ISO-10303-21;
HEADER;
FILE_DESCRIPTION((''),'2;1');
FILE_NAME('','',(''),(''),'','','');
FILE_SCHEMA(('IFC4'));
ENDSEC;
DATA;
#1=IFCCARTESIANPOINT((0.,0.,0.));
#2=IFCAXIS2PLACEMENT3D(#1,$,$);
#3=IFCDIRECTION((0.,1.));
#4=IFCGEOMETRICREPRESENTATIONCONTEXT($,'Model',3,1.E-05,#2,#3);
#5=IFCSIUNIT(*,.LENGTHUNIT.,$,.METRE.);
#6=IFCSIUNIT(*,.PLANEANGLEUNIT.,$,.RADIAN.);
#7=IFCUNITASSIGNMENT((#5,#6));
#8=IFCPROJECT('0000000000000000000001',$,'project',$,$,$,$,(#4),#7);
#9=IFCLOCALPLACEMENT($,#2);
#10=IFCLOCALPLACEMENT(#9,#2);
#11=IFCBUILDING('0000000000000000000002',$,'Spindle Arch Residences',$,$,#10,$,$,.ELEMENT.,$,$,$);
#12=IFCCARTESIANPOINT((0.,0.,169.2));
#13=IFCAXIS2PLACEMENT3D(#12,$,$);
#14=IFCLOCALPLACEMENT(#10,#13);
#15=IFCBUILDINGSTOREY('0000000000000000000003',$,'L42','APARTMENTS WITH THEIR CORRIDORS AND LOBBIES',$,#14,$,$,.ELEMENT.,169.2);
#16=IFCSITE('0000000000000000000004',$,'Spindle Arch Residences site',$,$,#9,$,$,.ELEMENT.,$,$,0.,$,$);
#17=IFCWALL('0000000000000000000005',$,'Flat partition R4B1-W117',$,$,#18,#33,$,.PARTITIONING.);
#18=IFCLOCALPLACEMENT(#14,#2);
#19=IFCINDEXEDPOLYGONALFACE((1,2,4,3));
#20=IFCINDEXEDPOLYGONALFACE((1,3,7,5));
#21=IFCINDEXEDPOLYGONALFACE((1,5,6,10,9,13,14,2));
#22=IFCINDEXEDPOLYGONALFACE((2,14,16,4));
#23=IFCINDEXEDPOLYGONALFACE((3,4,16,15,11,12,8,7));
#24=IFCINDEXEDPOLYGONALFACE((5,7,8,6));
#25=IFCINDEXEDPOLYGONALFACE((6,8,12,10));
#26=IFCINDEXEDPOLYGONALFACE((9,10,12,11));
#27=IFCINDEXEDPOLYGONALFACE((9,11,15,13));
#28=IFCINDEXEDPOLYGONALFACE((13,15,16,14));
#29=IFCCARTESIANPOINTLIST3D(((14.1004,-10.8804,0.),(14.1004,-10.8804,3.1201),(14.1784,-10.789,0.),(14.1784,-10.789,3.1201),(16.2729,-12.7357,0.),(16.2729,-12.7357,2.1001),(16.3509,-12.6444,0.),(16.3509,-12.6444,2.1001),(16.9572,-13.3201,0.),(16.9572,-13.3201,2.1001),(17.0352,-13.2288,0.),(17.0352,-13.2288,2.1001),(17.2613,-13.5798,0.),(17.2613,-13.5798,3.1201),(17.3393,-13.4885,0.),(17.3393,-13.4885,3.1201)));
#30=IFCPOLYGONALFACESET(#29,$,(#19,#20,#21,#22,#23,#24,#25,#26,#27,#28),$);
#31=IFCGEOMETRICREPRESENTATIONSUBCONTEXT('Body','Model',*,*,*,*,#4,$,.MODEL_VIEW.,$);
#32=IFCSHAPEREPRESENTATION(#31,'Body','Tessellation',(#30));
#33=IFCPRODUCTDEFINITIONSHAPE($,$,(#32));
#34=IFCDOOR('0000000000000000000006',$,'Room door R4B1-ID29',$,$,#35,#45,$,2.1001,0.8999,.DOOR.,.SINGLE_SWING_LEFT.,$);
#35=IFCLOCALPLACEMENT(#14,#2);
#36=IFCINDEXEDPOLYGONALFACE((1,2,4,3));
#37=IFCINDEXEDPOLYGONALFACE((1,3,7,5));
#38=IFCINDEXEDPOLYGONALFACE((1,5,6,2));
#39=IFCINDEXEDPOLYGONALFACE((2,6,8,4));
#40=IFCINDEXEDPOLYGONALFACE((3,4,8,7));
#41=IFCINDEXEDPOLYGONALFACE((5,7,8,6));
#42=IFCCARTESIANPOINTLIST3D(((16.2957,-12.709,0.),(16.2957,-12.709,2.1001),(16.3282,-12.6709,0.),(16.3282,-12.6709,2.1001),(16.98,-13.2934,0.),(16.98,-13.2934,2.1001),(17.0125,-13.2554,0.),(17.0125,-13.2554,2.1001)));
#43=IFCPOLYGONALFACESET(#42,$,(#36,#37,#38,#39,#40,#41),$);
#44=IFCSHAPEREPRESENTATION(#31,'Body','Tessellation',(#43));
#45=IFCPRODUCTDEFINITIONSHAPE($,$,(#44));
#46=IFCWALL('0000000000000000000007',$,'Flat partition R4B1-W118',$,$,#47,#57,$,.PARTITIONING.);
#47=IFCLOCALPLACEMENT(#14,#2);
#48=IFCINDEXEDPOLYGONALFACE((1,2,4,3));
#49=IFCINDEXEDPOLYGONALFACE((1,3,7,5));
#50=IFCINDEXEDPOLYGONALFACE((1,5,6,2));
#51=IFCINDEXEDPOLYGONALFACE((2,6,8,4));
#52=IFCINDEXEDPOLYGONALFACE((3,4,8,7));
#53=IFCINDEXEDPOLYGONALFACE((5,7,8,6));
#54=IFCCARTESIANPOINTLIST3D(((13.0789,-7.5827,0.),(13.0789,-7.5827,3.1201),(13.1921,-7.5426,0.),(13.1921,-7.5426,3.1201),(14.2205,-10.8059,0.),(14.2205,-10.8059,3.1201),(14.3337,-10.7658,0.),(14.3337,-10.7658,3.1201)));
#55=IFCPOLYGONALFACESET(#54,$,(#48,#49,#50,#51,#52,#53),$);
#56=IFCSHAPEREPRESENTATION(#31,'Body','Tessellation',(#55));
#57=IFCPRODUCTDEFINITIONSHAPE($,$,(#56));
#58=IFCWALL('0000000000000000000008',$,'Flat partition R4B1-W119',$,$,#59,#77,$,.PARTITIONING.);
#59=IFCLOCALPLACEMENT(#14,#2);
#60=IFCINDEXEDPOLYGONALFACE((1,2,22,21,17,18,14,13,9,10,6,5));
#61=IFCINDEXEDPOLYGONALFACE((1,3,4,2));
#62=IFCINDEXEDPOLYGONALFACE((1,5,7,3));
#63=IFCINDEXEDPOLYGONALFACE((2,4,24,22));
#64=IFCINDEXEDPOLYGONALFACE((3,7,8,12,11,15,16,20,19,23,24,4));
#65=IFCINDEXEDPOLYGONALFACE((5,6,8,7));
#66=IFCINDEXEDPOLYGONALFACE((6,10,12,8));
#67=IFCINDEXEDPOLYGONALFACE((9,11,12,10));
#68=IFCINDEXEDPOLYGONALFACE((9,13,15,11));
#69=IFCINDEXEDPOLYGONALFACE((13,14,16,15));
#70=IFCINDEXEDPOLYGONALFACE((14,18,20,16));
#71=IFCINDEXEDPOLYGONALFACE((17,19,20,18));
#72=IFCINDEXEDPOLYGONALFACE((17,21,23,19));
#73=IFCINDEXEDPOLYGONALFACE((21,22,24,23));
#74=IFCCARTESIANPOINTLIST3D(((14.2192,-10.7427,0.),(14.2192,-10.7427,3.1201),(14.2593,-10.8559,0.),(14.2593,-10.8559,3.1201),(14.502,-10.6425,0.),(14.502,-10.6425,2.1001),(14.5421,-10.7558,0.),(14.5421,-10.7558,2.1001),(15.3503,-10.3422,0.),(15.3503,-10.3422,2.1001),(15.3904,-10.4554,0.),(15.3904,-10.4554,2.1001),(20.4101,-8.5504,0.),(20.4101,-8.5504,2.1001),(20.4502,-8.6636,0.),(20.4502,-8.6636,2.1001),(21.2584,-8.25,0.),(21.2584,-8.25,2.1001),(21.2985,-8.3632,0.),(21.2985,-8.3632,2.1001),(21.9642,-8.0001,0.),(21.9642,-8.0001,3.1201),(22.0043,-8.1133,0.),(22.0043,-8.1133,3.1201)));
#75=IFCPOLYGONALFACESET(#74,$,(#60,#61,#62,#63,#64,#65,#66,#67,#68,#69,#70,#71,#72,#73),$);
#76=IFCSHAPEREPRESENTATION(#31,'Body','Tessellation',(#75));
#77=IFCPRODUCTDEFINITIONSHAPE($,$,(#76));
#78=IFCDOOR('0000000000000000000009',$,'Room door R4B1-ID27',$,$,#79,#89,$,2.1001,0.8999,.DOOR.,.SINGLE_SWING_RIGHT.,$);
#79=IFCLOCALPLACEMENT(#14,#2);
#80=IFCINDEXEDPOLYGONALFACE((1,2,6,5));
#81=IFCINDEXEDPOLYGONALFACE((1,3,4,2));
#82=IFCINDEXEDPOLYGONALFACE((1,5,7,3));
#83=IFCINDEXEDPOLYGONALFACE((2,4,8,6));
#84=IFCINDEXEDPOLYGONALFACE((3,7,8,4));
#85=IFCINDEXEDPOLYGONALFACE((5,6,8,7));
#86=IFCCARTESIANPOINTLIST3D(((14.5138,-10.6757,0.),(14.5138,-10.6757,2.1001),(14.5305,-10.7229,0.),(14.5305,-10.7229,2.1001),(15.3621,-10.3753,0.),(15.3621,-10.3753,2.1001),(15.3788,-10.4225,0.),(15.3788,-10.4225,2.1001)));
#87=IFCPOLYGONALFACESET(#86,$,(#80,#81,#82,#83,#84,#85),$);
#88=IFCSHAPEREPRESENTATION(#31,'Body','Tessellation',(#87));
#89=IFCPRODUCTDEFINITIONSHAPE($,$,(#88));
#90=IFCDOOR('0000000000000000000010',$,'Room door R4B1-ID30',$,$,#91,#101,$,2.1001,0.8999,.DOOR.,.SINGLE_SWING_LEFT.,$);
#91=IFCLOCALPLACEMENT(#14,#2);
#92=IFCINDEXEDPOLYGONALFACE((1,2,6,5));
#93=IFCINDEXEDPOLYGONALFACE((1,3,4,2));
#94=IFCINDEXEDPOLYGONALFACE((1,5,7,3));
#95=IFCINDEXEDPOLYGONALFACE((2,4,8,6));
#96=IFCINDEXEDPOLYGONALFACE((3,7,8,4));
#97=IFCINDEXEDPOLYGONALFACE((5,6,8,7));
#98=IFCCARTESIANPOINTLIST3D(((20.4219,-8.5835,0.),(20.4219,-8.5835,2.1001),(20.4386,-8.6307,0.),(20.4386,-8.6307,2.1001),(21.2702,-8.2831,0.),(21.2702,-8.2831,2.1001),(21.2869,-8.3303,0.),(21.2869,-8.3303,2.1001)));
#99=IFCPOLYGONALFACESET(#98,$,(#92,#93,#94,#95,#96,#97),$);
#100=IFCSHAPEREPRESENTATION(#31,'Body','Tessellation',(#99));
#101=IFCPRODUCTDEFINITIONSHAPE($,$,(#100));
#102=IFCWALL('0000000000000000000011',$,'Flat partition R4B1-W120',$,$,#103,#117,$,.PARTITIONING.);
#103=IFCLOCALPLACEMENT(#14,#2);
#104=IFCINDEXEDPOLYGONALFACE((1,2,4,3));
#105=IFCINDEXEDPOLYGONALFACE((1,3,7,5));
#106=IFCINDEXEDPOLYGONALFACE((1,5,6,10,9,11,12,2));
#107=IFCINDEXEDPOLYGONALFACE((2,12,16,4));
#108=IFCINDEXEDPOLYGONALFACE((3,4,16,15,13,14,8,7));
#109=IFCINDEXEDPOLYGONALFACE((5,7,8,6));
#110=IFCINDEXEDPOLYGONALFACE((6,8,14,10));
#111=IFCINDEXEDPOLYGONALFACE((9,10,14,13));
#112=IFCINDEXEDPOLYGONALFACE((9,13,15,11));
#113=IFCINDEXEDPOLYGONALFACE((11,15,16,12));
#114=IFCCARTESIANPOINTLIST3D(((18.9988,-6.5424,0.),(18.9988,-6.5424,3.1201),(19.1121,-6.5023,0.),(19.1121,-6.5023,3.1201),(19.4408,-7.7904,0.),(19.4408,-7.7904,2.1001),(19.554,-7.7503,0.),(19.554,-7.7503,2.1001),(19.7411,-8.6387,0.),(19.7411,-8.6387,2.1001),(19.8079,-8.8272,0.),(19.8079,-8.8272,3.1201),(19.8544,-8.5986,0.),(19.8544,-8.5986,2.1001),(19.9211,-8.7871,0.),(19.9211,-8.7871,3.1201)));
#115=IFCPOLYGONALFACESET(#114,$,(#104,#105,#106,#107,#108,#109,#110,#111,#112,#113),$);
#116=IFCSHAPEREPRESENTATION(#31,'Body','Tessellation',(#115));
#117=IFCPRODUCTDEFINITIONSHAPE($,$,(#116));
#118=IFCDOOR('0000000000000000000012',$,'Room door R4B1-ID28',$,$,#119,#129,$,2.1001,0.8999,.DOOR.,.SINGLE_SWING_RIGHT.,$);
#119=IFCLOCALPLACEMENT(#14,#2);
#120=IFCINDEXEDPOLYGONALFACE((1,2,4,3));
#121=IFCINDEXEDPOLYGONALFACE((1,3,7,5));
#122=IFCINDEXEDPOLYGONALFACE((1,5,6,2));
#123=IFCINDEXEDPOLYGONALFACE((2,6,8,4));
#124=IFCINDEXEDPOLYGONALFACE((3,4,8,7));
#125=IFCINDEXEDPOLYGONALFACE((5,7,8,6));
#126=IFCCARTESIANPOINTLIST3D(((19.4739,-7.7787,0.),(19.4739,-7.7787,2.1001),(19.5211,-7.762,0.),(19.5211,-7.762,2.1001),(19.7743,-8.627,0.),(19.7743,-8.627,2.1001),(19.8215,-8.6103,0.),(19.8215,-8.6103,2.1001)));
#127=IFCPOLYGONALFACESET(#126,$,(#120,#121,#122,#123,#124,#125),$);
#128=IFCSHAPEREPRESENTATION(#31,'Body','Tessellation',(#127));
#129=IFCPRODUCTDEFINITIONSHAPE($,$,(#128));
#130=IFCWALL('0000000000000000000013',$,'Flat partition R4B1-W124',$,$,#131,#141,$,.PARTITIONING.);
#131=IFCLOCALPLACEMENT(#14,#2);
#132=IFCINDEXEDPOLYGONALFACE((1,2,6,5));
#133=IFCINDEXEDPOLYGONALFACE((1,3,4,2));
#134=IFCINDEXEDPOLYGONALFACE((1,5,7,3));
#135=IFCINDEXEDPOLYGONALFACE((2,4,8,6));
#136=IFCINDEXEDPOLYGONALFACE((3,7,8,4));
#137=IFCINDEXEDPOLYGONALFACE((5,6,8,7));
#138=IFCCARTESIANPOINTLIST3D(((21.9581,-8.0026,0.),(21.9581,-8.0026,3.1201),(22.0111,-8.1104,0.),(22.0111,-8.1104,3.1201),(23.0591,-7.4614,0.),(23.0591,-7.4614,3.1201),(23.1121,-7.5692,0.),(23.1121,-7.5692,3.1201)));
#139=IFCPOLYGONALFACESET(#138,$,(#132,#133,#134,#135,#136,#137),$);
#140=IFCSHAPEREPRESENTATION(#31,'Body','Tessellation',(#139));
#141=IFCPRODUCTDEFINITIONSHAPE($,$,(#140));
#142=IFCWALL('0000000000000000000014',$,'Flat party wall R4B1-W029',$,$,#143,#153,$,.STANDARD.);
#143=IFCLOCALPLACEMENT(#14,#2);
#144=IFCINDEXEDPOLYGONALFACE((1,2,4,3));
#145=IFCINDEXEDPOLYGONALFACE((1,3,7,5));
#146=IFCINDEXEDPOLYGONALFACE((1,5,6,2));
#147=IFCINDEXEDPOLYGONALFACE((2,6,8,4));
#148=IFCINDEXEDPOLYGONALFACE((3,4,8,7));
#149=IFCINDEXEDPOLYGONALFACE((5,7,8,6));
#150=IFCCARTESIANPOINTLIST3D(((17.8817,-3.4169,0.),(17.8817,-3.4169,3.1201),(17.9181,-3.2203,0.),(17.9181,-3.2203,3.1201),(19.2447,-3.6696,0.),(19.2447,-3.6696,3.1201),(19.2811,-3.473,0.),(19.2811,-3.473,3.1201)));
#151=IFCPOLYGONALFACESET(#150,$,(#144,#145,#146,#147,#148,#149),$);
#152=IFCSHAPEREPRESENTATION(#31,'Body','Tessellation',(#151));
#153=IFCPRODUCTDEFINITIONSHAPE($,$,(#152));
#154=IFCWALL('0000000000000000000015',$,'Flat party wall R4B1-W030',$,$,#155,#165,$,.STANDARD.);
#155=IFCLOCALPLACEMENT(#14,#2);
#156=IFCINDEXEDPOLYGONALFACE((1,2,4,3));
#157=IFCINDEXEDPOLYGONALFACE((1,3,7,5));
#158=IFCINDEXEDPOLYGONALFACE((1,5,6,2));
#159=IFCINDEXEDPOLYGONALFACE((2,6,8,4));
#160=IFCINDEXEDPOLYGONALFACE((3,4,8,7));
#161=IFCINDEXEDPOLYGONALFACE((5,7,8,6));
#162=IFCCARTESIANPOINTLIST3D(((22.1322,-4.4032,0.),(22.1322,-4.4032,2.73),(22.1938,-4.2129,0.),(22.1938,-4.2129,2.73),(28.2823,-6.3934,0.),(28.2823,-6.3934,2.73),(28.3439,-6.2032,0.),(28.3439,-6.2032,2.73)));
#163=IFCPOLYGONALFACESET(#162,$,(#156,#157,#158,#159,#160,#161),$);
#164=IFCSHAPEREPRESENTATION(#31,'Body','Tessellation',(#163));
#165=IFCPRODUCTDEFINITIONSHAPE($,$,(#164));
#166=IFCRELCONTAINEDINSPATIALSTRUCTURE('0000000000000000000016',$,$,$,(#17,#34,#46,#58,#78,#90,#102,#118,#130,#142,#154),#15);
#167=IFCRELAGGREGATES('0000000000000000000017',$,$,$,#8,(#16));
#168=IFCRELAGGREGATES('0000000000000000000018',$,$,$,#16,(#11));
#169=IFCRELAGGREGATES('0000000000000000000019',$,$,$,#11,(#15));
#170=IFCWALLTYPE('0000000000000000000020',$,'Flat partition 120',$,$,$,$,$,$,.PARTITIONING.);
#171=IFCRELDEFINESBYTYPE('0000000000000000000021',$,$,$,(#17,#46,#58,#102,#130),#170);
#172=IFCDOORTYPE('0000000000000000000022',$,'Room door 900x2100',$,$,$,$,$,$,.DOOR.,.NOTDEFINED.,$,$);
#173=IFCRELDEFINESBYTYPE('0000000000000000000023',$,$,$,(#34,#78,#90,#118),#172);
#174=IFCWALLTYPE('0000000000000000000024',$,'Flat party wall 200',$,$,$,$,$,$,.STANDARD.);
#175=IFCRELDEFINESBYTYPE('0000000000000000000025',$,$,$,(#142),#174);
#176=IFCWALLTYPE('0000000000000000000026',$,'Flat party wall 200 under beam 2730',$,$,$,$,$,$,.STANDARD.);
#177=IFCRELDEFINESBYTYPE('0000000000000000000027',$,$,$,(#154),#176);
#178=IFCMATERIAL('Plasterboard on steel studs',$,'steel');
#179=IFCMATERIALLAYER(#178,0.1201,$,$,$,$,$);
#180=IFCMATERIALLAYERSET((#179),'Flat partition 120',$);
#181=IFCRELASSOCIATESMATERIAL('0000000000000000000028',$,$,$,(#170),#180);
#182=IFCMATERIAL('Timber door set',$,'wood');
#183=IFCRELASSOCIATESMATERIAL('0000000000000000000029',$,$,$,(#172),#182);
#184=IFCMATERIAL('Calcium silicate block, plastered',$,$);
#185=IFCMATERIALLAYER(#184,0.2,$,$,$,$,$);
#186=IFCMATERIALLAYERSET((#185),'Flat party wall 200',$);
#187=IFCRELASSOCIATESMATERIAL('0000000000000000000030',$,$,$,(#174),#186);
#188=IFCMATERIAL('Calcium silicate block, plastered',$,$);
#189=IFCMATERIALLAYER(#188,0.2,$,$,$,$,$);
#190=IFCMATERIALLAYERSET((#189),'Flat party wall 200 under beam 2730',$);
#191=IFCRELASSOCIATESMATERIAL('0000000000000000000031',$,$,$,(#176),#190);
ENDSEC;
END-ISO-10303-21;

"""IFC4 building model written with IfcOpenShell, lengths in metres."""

from ifc_helpers import new_model, si_unit, direction, frame, frame_2d, origin, place, context, subcontext, project, spatial, rectangle, extrude, material, layer, layer_set, type_object, element, fill, save


model = new_model("IFC4")

# Units and contexts
model_context = context("Model", 3, precision=1e-05, world=origin(), true_north=direction((0.0, 1.0)))
body_context = subcontext(model_context, "Body", "Model", "MODEL_VIEW")
ifc_project = project(units=[si_unit("LENGTHUNIT", "METRE"), si_unit("PLANEANGLEUNIT", "RADIAN")], contexts=[model_context])

# Site, building, storey
site_placement = place(None, origin())
site = spatial("IfcSite", under=ifc_project, at=site_placement, Name="Spindle Arch Residences site", CompositionType="ELEMENT", RefElevation=0.0)
building_placement = place(site_placement, origin())
building = spatial("IfcBuilding", under=site, at=building_placement, Name="Spindle Arch Residences", CompositionType="ELEMENT")
storey_placement = place(building_placement, frame((0.0, 0.0, 169.2)))
storey = spatial("IfcBuildingStorey", under=building, at=storey_placement, Name="L42", Description="APARTMENTS WITH THEIR CORRIDORS AND LOBBIES", CompositionType="ELEMENT", Elevation=169.2)

# Shared definitions
ifc_material_1 = material(Name="Plasterboard on steel studs", Category="steel")
ifc_layer_1 = layer(ifc_material_1, 0.1201)
ifc_layer_set_1 = layer_set([ifc_layer_1], Name="Flat partition 120")
wall_type_1 = type_object("IfcWallType", Name="Flat partition 120", PredefinedType="PARTITIONING", material=ifc_layer_set_1)
ifc_material_2 = material(Name="Timber door set", Category="wood")
door_type = type_object("IfcDoorType", Name="Room door 900x2100", OperationType="NOTDEFINED", PredefinedType="DOOR", material=ifc_material_2)

# Wall, opening, door
wall_1_placement = place(storey_placement, frame((17.3003, -13.5342, 0.0), z_axis=(0.0, 0.0, 1.0), x_axis=(-0.760429, 0.649421, 0.0)))
wall_1 = element("IfcWall", 1, at=wall_1_placement, inside=storey, type_object=wall_type_1, Name="Flat partition R4B1-W117", PredefinedType="PARTITIONING", context=body_context, shape_type="SweptSolid", body=[
    extrude(rectangle(XDim=4.1567, YDim=0.1201, at=frame_2d((2.0784, 0.0))), origin(), (0.0, 0.0, 1.0), 3.1201),
])
opening_1_placement = place(wall_1_placement, frame((0.3999, 0.0, 0.0)))
opening_1 = element("IfcOpeningElement", 2, at=opening_1_placement, cuts=wall_1, PredefinedType="OPENING", context=body_context, shape_type="SweptSolid", body=[
    extrude(rectangle(XDim=0.8999, YDim=2.1001, at=frame_2d((0.45, 1.05))), frame((0.0, 0.0701, 0.0), z_axis=(0.0, -1.0, 0.0), x_axis=(1.0, 0.0, 0.0)), (0.0, 0.0, 1.0), 0.1401),
])
door_1_placement = place(opening_1_placement, origin())
door_1 = element("IfcDoor", 3, at=door_1_placement, inside=storey, type_object=door_type, Name="Room door R4B1-ID29", OperationType="SINGLE_SWING_LEFT", OverallHeight=2.1001, OverallWidth=0.8999, PredefinedType="DOOR", context=body_context, shape_type="SweptSolid", body=[
    extrude(rectangle(XDim=0.8999, YDim=2.1001, at=frame_2d((0.45, 1.05))), frame((0.0, 0.0249, 0.0), z_axis=(0.0, -1.0, 0.0), x_axis=(1.0, 0.0, 0.0)), (0.0, 0.0, 1.0), 0.05),
])
fill(opening_1, door_1)

# Wall
wall_2_placement = place(storey_placement, frame((14.2771, -10.7859, 0.0), z_axis=(0.0, 0.0, 1.0), x_axis=(-0.333866, 0.942621, 0.0)))
element("IfcWall", 4, at=wall_2_placement, inside=storey, type_object=wall_type_1, Name="Flat partition R4B1-W118", PredefinedType="PARTITIONING", context=body_context, shape_type="SweptSolid", body=[
    extrude(rectangle(XDim=3.4194, YDim=0.1201, at=frame_2d((1.7097, 0.0))), origin(), (0.0, 0.0, 1.0), 3.1201),
])

# Wall, openings, doors
wall_3_placement = place(storey_placement, frame((14.2393, -10.7993, 0.0), z_axis=(0.0, 0.0, 1.0), x_axis=(0.942642, 0.333805, 0.0)))
wall_3 = element("IfcWall", 5, at=wall_3_placement, inside=storey, type_object=wall_type_1, Name="Flat partition R4B1-W119", PredefinedType="PARTITIONING", context=body_context, shape_type="SweptSolid", body=[
    extrude(rectangle(XDim=8.2163, YDim=0.1201, at=frame_2d((4.1082, 0.0))), origin(), (0.0, 0.0, 1.0), 3.1201),
])
opening_2_placement = place(wall_3_placement, frame((0.3, 0.0, 0.0)))
opening_2 = element("IfcOpeningElement", 6, at=opening_2_placement, cuts=wall_3, PredefinedType="OPENING", context=body_context, shape_type="SweptSolid", body=[
    extrude(rectangle(XDim=0.8999, YDim=2.1001, at=frame_2d((0.45, 1.05))), frame((0.0, 0.0701, 0.0), z_axis=(0.0, -1.0, 0.0), x_axis=(1.0, 0.0, 0.0)), (0.0, 0.0, 1.0), 0.1401),
])
opening_3_placement = place(wall_3_placement, frame((6.5676, 0.0, 0.0)))
opening_3 = element("IfcOpeningElement", 7, at=opening_3_placement, cuts=wall_3, PredefinedType="OPENING", context=body_context, shape_type="SweptSolid", body=[
    extrude(rectangle(XDim=0.8999, YDim=2.1001, at=frame_2d((0.45, 1.05))), frame((0.0, 0.0701, 0.0), z_axis=(0.0, -1.0, 0.0), x_axis=(1.0, 0.0, 0.0)), (0.0, 0.0, 1.0), 0.1401),
])
door_2_placement = place(opening_2_placement, origin())
door_2 = element("IfcDoor", 8, at=door_2_placement, inside=storey, type_object=door_type, Name="Room door R4B1-ID27", OperationType="SINGLE_SWING_RIGHT", OverallHeight=2.1001, OverallWidth=0.8999, PredefinedType="DOOR", context=body_context, shape_type="SweptSolid", body=[
    extrude(rectangle(XDim=0.8999, YDim=2.1001, at=frame_2d((0.45, 1.05))), frame((0.0, 0.0249, 0.0), z_axis=(0.0, -1.0, 0.0), x_axis=(1.0, 0.0, 0.0)), (0.0, 0.0, 1.0), 0.05),
])
fill(opening_2, door_2)
door_3_placement = place(opening_3_placement, origin())
door_3 = element("IfcDoor", 9, at=door_3_placement, inside=storey, type_object=door_type, Name="Room door R4B1-ID30", OperationType="SINGLE_SWING_LEFT", OverallHeight=2.1001, OverallWidth=0.8999, PredefinedType="DOOR", context=body_context, shape_type="SweptSolid", body=[
    extrude(rectangle(XDim=0.8999, YDim=2.1001, at=frame_2d((0.45, 1.05))), frame((0.0, 0.0249, 0.0), z_axis=(0.0, -1.0, 0.0), x_axis=(1.0, 0.0, 0.0)), (0.0, 0.0, 1.0), 0.05),
])
fill(opening_3, door_3)

# Wall, opening, door
wall_4_placement = place(storey_placement, frame((19.8645, -8.8071, 0.0), z_axis=(0.0, 0.0, 1.0), x_axis=(-0.333789, 0.942648, 0.0)))
wall_4 = element("IfcWall", 10, at=wall_4_placement, inside=storey, type_object=wall_type_1, Name="Flat partition R4B1-W120", PredefinedType="PARTITIONING", context=body_context, shape_type="SweptSolid", body=[
    extrude(rectangle(XDim=2.4238, YDim=0.1201, at=frame_2d((1.2119, 0.0))), origin(), (0.0, 0.0, 1.0), 3.1201),
])
opening_4_placement = place(wall_4_placement, frame((0.2, 0.0, 0.0)))
opening_4 = element("IfcOpeningElement", 11, at=opening_4_placement, cuts=wall_4, PredefinedType="OPENING", context=body_context, shape_type="SweptSolid", body=[
    extrude(rectangle(XDim=0.8999, YDim=2.1001, at=frame_2d((0.45, 1.05))), frame((0.0, 0.0701, 0.0), z_axis=(0.0, -1.0, 0.0), x_axis=(1.0, 0.0, 0.0)), (0.0, 0.0, 1.0), 0.1401),
])
door_4_placement = place(opening_4_placement, origin())
door_4 = element("IfcDoor", 12, at=door_4_placement, inside=storey, type_object=door_type, Name="Room door R4B1-ID28", OperationType="SINGLE_SWING_RIGHT", OverallHeight=2.1001, OverallWidth=0.8999, PredefinedType="DOOR", context=body_context, shape_type="SweptSolid", body=[
    extrude(rectangle(XDim=0.8999, YDim=2.1001, at=frame_2d((0.45, 1.05))), frame((0.0, 0.0249, 0.0), z_axis=(0.0, -1.0, 0.0), x_axis=(1.0, 0.0, 0.0)), (0.0, 0.0, 1.0), 0.05),
])
fill(opening_4, door_4)

# Walls
wall_5_placement = place(storey_placement, frame((23.0854, -7.5154, 0.0), z_axis=(0.0, 0.0, 1.0), x_axis=(-0.897431, -0.441154, 0.0)))
element("IfcWall", 13, at=wall_5_placement, inside=storey, type_object=wall_type_1, Name="Flat partition R4B1-W124", PredefinedType="PARTITIONING", context=body_context, shape_type="SweptSolid", body=[
    extrude(rectangle(XDim=1.2268, YDim=0.1201, at=frame_2d((0.6133, 0.0))), origin(), (0.0, 0.0, 1.0), 3.1201),
])
ifc_material_3 = material(Name="Calcium silicate block, plastered")
ifc_layer_2 = layer(ifc_material_3, 0.2)
ifc_layer_set_2 = layer_set([ifc_layer_2], Name="Flat party wall 200")
wall_type_2 = type_object("IfcWallType", Name="Flat party wall 200", PredefinedType="STANDARD", material=ifc_layer_set_2)
wall_6_placement = place(storey_placement, frame((17.8999, -3.3186, 0.0), z_axis=(0.0, 0.0, 1.0), x_axis=(0.983247, -0.182278, 0.0)))
element("IfcWall", 14, at=wall_6_placement, inside=storey, type_object=wall_type_2, Name="Flat party wall R4B1-W029", PredefinedType="STANDARD", context=body_context, shape_type="SweptSolid", body=[
    extrude(rectangle(XDim=1.3862, YDim=0.2, at=frame_2d((0.6931, 0.0))), origin(), (0.0, 0.0, 1.0), 3.1201),
])
ifc_material_4 = material(Name="Calcium silicate block, plastered")
ifc_layer_3 = layer(ifc_material_4, 0.2)
ifc_layer_set_3 = layer_set([ifc_layer_3], Name="Flat party wall 200 under beam 2730")
wall_type_3 = type_object("IfcWallType", Name="Flat party wall 200 under beam 2730", PredefinedType="STANDARD", material=ifc_layer_set_3)
wall_7_placement = place(storey_placement, frame((22.1631, -4.3081, 0.0), z_axis=(0.0, 0.0, 1.0), x_axis=(0.951423, -0.307888, 0.0)))
element("IfcWall", 15, at=wall_7_placement, inside=storey, type_object=wall_type_3, Name="Flat party wall R4B1-W030", PredefinedType="STANDARD", context=body_context, shape_type="SweptSolid", body=[
    extrude(rectangle(XDim=6.4641, YDim=0.2, at=frame_2d((3.2319, 0.0))), origin(), (0.0, 0.0, 1.0), 2.73),
])

save(model, "model.ifc")
